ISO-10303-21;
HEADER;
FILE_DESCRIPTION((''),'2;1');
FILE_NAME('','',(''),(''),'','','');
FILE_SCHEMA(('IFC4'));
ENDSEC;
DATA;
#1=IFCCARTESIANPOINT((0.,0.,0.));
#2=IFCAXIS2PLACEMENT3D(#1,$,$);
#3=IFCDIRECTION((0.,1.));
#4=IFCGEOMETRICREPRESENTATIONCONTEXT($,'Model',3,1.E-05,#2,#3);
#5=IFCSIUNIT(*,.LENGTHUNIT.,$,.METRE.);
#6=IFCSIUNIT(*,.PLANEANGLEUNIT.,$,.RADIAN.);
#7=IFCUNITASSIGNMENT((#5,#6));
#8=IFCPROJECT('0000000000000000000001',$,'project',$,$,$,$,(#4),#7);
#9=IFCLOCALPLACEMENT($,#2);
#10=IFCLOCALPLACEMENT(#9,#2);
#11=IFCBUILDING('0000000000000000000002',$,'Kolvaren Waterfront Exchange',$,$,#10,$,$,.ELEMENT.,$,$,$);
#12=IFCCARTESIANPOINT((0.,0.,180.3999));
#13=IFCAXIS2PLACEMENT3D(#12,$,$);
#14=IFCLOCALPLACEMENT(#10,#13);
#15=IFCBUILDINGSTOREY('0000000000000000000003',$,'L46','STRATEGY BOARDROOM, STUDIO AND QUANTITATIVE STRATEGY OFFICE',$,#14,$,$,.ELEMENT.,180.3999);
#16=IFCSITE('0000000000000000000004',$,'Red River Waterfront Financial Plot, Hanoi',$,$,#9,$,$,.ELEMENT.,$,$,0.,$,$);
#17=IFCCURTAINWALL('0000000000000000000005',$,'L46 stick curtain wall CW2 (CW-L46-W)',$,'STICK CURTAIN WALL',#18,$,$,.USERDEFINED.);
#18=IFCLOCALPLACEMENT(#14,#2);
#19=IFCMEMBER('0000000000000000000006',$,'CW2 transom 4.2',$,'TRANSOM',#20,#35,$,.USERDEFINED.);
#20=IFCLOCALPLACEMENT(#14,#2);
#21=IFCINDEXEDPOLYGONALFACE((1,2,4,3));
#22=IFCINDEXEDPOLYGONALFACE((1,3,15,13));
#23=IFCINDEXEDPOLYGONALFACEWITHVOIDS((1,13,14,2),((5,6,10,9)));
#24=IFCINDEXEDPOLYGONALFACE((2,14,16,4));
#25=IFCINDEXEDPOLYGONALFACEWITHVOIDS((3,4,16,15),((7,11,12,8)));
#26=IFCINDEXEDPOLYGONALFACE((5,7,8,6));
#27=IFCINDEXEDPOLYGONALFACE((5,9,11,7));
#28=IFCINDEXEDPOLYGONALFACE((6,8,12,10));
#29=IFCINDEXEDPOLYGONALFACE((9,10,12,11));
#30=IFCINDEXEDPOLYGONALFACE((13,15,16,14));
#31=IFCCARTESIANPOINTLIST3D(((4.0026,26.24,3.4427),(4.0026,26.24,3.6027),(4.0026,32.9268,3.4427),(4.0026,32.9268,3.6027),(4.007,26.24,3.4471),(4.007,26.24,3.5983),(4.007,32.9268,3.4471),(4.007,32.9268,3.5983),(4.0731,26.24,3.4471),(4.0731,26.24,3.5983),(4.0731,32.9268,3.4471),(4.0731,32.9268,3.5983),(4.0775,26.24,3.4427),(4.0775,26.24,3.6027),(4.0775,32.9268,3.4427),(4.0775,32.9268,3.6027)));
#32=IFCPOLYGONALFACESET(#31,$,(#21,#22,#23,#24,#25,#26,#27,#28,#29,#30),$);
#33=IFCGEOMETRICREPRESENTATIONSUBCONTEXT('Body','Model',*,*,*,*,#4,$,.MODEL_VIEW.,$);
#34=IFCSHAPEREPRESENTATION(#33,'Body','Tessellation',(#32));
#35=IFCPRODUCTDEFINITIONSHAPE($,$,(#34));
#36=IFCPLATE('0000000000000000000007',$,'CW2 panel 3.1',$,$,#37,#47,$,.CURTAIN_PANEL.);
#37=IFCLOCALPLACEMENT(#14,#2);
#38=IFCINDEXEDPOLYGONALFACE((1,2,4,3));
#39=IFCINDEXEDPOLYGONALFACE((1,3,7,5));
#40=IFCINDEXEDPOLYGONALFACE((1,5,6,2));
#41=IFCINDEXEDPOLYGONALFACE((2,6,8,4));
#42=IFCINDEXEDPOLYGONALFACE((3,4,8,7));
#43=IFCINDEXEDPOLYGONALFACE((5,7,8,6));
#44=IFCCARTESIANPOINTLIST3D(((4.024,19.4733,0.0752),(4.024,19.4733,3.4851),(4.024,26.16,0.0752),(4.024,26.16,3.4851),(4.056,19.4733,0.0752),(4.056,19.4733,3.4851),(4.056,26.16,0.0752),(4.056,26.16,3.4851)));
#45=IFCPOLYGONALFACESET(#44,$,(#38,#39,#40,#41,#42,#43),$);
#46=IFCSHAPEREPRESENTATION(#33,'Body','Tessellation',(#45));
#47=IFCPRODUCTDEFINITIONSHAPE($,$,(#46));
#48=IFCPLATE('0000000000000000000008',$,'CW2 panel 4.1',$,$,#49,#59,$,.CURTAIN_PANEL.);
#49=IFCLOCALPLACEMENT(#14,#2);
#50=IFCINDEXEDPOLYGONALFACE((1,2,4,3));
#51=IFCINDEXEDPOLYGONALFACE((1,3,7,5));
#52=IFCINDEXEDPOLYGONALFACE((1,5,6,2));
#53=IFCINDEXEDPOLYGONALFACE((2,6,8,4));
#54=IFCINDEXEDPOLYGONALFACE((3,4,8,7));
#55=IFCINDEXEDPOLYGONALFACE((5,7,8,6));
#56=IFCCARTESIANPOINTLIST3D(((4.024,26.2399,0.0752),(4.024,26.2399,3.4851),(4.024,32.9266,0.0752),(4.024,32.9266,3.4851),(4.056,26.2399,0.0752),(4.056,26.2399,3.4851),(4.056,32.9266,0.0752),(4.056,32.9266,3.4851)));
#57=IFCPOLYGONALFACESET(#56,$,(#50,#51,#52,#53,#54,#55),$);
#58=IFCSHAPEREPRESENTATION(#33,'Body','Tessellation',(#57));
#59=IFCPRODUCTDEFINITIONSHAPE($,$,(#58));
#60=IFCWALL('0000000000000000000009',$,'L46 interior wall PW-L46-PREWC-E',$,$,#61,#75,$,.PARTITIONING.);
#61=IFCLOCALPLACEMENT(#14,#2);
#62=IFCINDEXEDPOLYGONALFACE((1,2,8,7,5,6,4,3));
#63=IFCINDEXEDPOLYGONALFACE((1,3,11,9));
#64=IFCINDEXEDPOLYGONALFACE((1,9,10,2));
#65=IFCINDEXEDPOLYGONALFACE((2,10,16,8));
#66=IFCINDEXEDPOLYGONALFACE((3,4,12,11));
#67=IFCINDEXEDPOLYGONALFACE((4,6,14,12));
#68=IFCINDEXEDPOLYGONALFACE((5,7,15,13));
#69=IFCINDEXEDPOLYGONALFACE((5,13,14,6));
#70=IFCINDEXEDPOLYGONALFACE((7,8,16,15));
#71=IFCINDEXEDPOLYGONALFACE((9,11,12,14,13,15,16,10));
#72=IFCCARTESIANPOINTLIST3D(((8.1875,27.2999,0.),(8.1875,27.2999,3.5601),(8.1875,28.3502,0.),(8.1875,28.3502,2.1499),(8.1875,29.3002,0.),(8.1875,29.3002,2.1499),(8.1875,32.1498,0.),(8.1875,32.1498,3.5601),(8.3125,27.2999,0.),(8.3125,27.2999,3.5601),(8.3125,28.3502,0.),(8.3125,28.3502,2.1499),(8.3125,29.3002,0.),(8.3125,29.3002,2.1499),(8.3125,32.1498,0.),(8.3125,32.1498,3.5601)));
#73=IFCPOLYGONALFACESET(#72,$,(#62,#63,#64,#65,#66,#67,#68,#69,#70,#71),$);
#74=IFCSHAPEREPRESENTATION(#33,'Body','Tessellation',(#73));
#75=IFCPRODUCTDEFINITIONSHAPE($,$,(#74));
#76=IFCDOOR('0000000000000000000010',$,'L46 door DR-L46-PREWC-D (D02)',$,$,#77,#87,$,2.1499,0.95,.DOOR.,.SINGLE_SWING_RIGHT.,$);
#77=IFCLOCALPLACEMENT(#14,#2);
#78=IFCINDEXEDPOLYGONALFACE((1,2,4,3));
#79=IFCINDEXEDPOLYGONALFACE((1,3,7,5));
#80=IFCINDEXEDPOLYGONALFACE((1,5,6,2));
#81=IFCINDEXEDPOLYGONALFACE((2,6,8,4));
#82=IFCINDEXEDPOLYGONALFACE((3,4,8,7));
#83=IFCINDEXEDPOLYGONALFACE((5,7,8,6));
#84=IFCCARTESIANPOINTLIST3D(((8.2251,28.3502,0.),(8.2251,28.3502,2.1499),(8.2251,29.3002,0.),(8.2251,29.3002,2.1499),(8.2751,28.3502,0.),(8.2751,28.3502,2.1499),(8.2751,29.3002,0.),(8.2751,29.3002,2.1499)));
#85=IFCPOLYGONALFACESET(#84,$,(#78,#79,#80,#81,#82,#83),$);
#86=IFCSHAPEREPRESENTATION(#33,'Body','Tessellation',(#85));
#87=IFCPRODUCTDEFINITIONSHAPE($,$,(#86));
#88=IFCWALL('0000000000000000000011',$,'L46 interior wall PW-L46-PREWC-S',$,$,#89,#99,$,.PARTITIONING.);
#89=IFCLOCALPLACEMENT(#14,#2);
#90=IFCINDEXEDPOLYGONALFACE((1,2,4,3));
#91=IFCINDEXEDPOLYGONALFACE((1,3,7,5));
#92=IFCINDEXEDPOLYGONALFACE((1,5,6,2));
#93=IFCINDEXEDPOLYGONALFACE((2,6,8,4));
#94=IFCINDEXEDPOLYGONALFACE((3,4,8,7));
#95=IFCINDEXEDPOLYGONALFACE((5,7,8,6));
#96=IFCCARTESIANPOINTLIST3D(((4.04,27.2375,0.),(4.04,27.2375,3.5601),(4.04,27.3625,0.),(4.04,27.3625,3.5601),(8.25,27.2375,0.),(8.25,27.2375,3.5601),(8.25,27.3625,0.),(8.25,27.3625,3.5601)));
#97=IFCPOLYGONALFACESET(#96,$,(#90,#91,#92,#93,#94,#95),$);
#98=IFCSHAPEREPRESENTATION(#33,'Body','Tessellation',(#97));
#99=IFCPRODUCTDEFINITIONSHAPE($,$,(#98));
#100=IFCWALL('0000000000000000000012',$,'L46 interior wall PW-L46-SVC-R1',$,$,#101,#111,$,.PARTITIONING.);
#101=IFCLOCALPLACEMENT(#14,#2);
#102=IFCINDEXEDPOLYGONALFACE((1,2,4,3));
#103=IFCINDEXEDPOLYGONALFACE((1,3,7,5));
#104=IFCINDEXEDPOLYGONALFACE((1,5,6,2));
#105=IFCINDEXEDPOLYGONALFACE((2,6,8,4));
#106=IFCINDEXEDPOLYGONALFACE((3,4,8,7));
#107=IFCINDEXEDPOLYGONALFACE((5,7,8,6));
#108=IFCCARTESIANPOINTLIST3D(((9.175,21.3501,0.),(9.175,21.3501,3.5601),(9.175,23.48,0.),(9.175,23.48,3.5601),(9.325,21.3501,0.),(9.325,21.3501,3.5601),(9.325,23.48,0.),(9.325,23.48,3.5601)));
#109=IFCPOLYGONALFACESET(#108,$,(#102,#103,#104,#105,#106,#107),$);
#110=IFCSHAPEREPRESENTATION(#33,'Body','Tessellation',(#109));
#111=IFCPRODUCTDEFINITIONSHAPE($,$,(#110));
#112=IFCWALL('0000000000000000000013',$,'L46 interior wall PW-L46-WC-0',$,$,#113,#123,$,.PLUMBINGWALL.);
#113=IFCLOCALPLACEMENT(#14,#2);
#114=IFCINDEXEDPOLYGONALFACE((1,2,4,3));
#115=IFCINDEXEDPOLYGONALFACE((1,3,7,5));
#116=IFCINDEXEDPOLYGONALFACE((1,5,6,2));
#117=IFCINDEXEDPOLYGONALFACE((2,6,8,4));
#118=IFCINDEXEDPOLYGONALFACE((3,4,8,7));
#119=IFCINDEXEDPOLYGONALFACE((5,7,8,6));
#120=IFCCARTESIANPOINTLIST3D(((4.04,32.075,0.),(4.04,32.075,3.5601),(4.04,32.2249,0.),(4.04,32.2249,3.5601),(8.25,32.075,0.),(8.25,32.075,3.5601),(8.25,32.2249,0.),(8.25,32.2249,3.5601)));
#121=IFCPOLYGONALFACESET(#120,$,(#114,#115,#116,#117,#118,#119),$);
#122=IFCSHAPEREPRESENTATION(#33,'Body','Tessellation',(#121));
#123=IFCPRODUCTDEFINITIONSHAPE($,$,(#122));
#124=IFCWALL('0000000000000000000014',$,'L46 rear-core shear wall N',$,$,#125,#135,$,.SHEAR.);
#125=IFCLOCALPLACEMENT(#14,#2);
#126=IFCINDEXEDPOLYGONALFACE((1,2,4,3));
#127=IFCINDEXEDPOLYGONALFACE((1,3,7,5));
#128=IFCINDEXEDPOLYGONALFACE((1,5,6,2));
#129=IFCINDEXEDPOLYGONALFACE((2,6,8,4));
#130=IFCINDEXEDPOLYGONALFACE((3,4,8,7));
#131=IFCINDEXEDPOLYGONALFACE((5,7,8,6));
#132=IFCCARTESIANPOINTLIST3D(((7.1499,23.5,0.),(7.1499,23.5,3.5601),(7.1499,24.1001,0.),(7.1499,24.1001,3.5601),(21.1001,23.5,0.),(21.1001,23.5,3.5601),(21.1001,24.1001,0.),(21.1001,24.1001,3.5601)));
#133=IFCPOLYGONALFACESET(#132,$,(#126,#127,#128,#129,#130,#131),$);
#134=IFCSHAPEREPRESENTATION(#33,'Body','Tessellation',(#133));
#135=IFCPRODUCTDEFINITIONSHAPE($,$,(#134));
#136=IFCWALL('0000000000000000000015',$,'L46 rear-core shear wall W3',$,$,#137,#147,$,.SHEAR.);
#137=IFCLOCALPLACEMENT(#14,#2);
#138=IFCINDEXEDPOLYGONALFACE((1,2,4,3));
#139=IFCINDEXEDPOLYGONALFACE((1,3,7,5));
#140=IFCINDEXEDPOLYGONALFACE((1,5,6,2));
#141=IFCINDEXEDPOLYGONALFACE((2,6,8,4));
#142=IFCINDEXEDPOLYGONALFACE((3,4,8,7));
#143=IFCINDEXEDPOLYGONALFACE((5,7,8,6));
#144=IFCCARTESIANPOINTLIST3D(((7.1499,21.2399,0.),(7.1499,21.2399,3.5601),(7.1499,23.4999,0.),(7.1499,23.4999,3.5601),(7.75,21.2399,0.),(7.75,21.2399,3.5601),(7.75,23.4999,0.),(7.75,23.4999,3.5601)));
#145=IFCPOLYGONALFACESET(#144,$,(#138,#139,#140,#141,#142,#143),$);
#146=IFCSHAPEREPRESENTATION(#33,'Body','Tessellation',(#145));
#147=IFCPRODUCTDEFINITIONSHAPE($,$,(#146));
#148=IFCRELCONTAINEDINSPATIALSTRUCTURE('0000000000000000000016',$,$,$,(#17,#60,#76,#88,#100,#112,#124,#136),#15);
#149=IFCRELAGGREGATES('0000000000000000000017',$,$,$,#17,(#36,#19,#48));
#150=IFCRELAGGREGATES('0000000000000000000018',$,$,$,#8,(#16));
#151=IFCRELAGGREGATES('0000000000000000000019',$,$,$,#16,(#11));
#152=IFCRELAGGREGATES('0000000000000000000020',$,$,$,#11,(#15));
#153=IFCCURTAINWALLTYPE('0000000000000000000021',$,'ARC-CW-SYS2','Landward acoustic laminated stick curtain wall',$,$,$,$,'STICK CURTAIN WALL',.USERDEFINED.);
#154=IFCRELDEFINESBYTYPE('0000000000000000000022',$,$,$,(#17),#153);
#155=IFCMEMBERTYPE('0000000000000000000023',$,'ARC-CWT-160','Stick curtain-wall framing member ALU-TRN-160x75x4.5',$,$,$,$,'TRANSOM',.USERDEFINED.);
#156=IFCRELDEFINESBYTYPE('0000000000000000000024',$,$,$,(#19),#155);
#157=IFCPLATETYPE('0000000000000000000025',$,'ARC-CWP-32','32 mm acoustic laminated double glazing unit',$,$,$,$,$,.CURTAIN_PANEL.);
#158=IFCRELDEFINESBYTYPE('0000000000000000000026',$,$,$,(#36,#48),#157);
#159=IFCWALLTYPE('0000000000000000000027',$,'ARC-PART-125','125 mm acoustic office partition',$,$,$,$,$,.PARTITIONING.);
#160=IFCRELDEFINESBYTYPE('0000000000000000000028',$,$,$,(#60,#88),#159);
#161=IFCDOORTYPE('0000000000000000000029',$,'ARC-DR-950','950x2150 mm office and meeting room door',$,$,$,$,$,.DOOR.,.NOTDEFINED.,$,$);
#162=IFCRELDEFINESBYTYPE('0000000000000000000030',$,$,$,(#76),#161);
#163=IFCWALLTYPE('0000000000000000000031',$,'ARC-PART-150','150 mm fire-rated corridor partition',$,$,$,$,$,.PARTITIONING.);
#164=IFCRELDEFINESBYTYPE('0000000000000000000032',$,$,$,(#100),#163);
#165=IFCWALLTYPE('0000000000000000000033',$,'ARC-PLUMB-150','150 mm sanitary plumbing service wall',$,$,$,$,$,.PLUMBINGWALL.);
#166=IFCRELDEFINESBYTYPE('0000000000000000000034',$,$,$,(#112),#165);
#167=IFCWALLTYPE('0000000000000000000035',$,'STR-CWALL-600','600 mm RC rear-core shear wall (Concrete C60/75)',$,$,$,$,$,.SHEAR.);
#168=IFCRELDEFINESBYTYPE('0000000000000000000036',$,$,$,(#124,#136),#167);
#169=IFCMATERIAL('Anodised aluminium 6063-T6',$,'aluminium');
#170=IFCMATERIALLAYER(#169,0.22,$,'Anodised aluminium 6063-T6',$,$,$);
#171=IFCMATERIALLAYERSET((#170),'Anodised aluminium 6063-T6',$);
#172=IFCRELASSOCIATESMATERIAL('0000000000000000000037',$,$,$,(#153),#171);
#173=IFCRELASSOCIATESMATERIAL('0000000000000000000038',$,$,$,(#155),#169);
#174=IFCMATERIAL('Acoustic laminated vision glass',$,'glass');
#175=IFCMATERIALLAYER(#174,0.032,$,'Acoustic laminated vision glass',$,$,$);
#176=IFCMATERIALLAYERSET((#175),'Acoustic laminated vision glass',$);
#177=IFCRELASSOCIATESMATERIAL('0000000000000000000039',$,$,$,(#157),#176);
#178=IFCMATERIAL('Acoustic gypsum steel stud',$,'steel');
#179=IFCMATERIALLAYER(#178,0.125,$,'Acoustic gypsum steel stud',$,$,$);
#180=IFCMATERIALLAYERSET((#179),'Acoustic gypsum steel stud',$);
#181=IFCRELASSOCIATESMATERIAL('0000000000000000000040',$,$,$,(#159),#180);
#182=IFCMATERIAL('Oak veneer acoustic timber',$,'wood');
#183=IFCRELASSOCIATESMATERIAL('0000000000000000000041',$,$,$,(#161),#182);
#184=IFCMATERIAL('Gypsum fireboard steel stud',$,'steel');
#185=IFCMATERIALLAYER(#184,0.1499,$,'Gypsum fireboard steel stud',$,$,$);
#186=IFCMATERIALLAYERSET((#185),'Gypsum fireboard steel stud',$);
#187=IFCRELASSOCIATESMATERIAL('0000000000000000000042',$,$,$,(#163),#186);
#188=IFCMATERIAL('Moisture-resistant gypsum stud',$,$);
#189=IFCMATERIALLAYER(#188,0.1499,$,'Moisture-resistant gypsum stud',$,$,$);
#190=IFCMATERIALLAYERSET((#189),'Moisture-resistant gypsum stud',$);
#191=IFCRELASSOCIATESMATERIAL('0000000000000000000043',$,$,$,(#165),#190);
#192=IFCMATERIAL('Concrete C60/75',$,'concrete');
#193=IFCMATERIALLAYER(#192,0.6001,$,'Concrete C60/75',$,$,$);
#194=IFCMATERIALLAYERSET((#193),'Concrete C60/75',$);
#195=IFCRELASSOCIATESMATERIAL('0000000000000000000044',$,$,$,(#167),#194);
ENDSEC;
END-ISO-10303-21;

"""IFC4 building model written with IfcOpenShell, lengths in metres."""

from ifc_helpers import new_model, si_unit, direction, frame, frame_2d, origin, origin_with_axes, origin_2d, place, context, subcontext, project, spatial, rectangle, hollow_rectangle, extrude, source, transform, mapped, material, layer, layer_set, material_profile, profile_set, type_object, element, fill, aggregate, save


model = new_model("IFC4")

# Units and contexts
model_context = context("Model", 3, precision=1e-05, world=origin(), true_north=direction((0.0, 1.0)))
body_context = subcontext(model_context, "Body", "Model", "MODEL_VIEW")
ifc_project = project(units=[si_unit("LENGTHUNIT", "METRE"), si_unit("PLANEANGLEUNIT", "RADIAN")], contexts=[model_context])

# Site, building, storey
site_placement = place(None, origin())
site = spatial("IfcSite", under=ifc_project, at=site_placement, Name="Red River Waterfront Financial Plot, Hanoi", CompositionType="ELEMENT", RefElevation=0.0)
building_placement = place(site_placement, origin())
building = spatial("IfcBuilding", under=site, at=building_placement, Name="Kolvaren Waterfront Exchange", CompositionType="ELEMENT")
storey_placement = place(building_placement, frame((0.0, 0.0, 180.3999)))
storey = spatial("IfcBuildingStorey", under=building, at=storey_placement, Name="L46", Description="STRATEGY BOARDROOM, STUDIO AND QUANTITATIVE STRATEGY OFFICE", CompositionType="ELEMENT", Elevation=180.3999)

# Shared definitions
ifc_material_1 = material(Name="Concrete C60/75", Category="concrete")

# Curtain wall, member, plates
ifc_material_2 = material(Name="Anodised aluminium 6063-T6", Category="aluminium")
ifc_layer_1 = layer(ifc_material_2, 0.22, Name="Anodised aluminium 6063-T6")
ifc_layer_set_1 = layer_set([ifc_layer_1], Name="Anodised aluminium 6063-T6")
curtain_wall_type = type_object("IfcCurtainWallType", Name="ARC-CW-SYS2", Description="Landward acoustic laminated stick curtain wall", ElementType="STICK CURTAIN WALL", PredefinedType="USERDEFINED", material=ifc_layer_set_1)
curtain_wall_placement = place(storey_placement, origin())
curtain_wall = element("IfcCurtainWall", 1, at=curtain_wall_placement, inside=storey, type_object=curtain_wall_type, Name="L46 stick curtain wall CW2 (CW-L46-W)", ObjectType="STICK CURTAIN WALL", PredefinedType="USERDEFINED")
ifc_material_profile_1 = material_profile(ifc_material_2, hollow_rectangle(XDim=0.075, YDim=0.1599, WallThickness=0.0044, at=origin_2d()), Name="ALU-TRN-160x75x4.5")
ifc_profile_set_1 = profile_set([ifc_material_profile_1], Name="Anodised aluminium 6063-T6")
member_type_1 = type_object("IfcMemberType", Name="ARC-CWT-160", Description="Stick curtain-wall framing member ALU-TRN-160x75x4.5", ElementType="TRANSOM", PredefinedType="USERDEFINED", material=ifc_profile_set_1)
shared_shape_1 = source(origin_with_axes(), body_context, "Body", "SweptSolid", [
    extrude(hollow_rectangle(XDim=0.075, YDim=0.1599, WallThickness=0.0044, at=origin_2d()), origin(), (0.0, 0.0, 1.0), 6.6868),
])
member_1_placement = place(storey_placement, frame((4.04, 26.24, 3.5227), z_axis=(0.0, 1.0, 0.0), x_axis=(-1.0, 0.0, 0.0)))
member_1 = element("IfcMember", 2, at=member_1_placement, type_object=member_type_1, Name="CW2 transom 4.2", ObjectType="TRANSOM", PredefinedType="USERDEFINED", context=body_context, shape_type="MappedRepresentation", body=[
    mapped(shared_shape_1, transform((0.0, 0.0, 0.0), x_axis=(1.0, 0.0, 0.0), y_axis=(0.0, 1.0, 0.0), z_axis=(0.0, 0.0, 1.0), scale=1.0)),
])
ifc_material_3 = material(Name="Acoustic laminated vision glass", Category="glass")
ifc_layer_2 = layer(ifc_material_3, 0.032, Name="Acoustic laminated vision glass")
ifc_layer_set_2 = layer_set([ifc_layer_2], Name="Acoustic laminated vision glass")
plate_type = type_object("IfcPlateType", Name="ARC-CWP-32", Description="32 mm acoustic laminated double glazing unit", PredefinedType="CURTAIN_PANEL", material=ifc_layer_set_2)
shared_shape_2 = source(origin_with_axes(), body_context, "Body", "SweptSolid", [
    extrude(rectangle(XDim=6.6868, YDim=0.032, at=origin_2d()), origin(), (0.0, 0.0, 1.0), 3.4099),
])
plate_1_placement = place(storey_placement, frame((4.04, 22.8167, 0.0752), z_axis=(0.0, 0.0, 1.0), x_axis=(0.0, 1.0, 0.0)))
plate_1 = element("IfcPlate", 3, at=plate_1_placement, type_object=plate_type, Name="CW2 panel 3.1", PredefinedType="CURTAIN_PANEL", context=body_context, shape_type="MappedRepresentation", body=[
    mapped(shared_shape_2, transform((0.0, 0.0, 0.0), x_axis=(1.0, 0.0, 0.0), y_axis=(0.0, 1.0, 0.0), z_axis=(0.0, 0.0, 1.0), scale=1.0)),
])
plate_2_placement = place(storey_placement, frame((4.04, 29.5833, 0.0752), z_axis=(0.0, 0.0, 1.0), x_axis=(0.0, 1.0, 0.0)))
plate_2 = element("IfcPlate", 4, at=plate_2_placement, type_object=plate_type, Name="CW2 panel 4.1", PredefinedType="CURTAIN_PANEL", context=body_context, shape_type="MappedRepresentation", body=[
    mapped(shared_shape_2, transform((0.0, 0.0, 0.0), x_axis=(1.0, 0.0, 0.0), y_axis=(0.0, 1.0, 0.0), z_axis=(0.0, 0.0, 1.0), scale=1.0)),
])
aggregate(curtain_wall, [plate_1, member_1, plate_2])

# Wall, opening, door
ifc_material_4 = material(Name="Acoustic gypsum steel stud", Category="steel")
ifc_layer_3 = layer(ifc_material_4, 0.125, Name="Acoustic gypsum steel stud")
ifc_layer_set_3 = layer_set([ifc_layer_3], Name="Acoustic gypsum steel stud")
wall_type_1 = type_object("IfcWallType", Name="ARC-PART-125", Description="125 mm acoustic office partition", PredefinedType="PARTITIONING", material=ifc_layer_set_3)
wall_1_placement = place(storey_placement, frame((8.25, 27.3, 0.0), z_axis=(0.0, 0.0, 1.0), x_axis=(0.0, 1.0, 0.0)))
wall_1 = element("IfcWall", 5, at=wall_1_placement, inside=storey, type_object=wall_type_1, Name="L46 interior wall PW-L46-PREWC-E", PredefinedType="PARTITIONING", context=body_context, shape_type="SweptSolid", body=[
    extrude(rectangle(XDim=4.8499, YDim=0.125, at=frame_2d((2.4248, 0.0))), origin(), (0.0, 0.0, 1.0), 3.5601),
])
opening_1_placement = place(wall_1_placement, frame((1.05, 0.0, 0.0)))
opening_1 = element("IfcOpeningElement", 6, at=opening_1_placement, cuts=wall_1, PredefinedType="OPENING", context=body_context, shape_type="SweptSolid", body=[
    extrude(rectangle(XDim=0.95, YDim=2.1499, at=frame_2d((0.4751, 1.075))), frame((0.0, 0.0725, 0.0), z_axis=(0.0, -1.0, 0.0), x_axis=(1.0, 0.0, 0.0)), (0.0, 0.0, 1.0), 0.145),
])
ifc_material_5 = material(Name="Oak veneer acoustic timber", Category="wood")
door_type_1 = type_object("IfcDoorType", Name="ARC-DR-950", Description="950x2150 mm office and meeting room door", OperationType="NOTDEFINED", PredefinedType="DOOR", material=ifc_material_5)
door_1_placement = place(opening_1_placement, origin())
door_1 = element("IfcDoor", 7, at=door_1_placement, inside=storey, type_object=door_type_1, Name="L46 door DR-L46-PREWC-D (D02)", OperationType="SINGLE_SWING_RIGHT", OverallHeight=2.1499, OverallWidth=0.95, PredefinedType="DOOR", context=body_context, shape_type="SweptSolid", body=[
    extrude(rectangle(XDim=0.95, YDim=2.1499, at=frame_2d((0.4751, 1.075))), frame((0.0, 0.0249, 0.0), z_axis=(0.0, -1.0, 0.0), x_axis=(1.0, 0.0, 0.0)), (0.0, 0.0, 1.0), 0.05),
])
fill(opening_1, door_1)

# Walls
wall_2_placement = place(storey_placement, frame((4.04, 27.3, 0.0), z_axis=(0.0, 0.0, 1.0), x_axis=(1.0, 0.0, 0.0)))
element("IfcWall", 8, at=wall_2_placement, inside=storey, type_object=wall_type_1, Name="L46 interior wall PW-L46-PREWC-S", PredefinedType="PARTITIONING", context=body_context, shape_type="SweptSolid", body=[
    extrude(rectangle(XDim=4.21, YDim=0.125, at=frame_2d((2.105, 0.0))), origin(), (0.0, 0.0, 1.0), 3.5601),
])
ifc_material_6 = material(Name="Gypsum fireboard steel stud", Category="steel")
ifc_layer_4 = layer(ifc_material_6, 0.1499, Name="Gypsum fireboard steel stud")
ifc_layer_set_4 = layer_set([ifc_layer_4], Name="Gypsum fireboard steel stud")
wall_type_2 = type_object("IfcWallType", Name="ARC-PART-150", Description="150 mm fire-rated corridor partition", PredefinedType="PARTITIONING", material=ifc_layer_set_4)
wall_3_placement = place(storey_placement, frame((9.25, 21.3501, 0.0), z_axis=(0.0, 0.0, 1.0), x_axis=(0.0, 1.0, 0.0)))
element("IfcWall", 9, at=wall_3_placement, inside=storey, type_object=wall_type_2, Name="L46 interior wall PW-L46-SVC-R1", PredefinedType="PARTITIONING", context=body_context, shape_type="SweptSolid", body=[
    extrude(rectangle(XDim=2.1299, YDim=0.1499, at=frame_2d((1.0649, 0.0))), origin(), (0.0, 0.0, 1.0), 3.5601),
])

# Walls
ifc_material_7 = material(Name="Moisture-resistant gypsum stud")
ifc_layer_5 = layer(ifc_material_7, 0.1499, Name="Moisture-resistant gypsum stud")
ifc_layer_set_5 = layer_set([ifc_layer_5], Name="Moisture-resistant gypsum stud")
wall_type_3 = type_object("IfcWallType", Name="ARC-PLUMB-150", Description="150 mm sanitary plumbing service wall", PredefinedType="PLUMBINGWALL", material=ifc_layer_set_5)
wall_4_placement = place(storey_placement, frame((4.04, 32.1499, 0.0), z_axis=(0.0, 0.0, 1.0), x_axis=(1.0, 0.0, 0.0)))
element("IfcWall", 10, at=wall_4_placement, inside=storey, type_object=wall_type_3, Name="L46 interior wall PW-L46-WC-0", PredefinedType="PLUMBINGWALL", context=body_context, shape_type="SweptSolid", body=[
    extrude(rectangle(XDim=4.21, YDim=0.1499, at=frame_2d((2.105, 0.0))), origin(), (0.0, 0.0, 1.0), 3.5601),
])
ifc_layer_6 = layer(ifc_material_1, 0.6001, Name="Concrete C60/75")
ifc_layer_set_6 = layer_set([ifc_layer_6], Name="Concrete C60/75")
wall_type_4 = type_object("IfcWallType", Name="STR-CWALL-600", Description="600 mm RC rear-core shear wall (Concrete C60/75)", PredefinedType="SHEAR", material=ifc_layer_set_6)
wall_5_placement = place(storey_placement, frame((7.1499, 23.8, 0.0), z_axis=(0.0, 0.0, 1.0), x_axis=(1.0, 0.0, 0.0)))
element("IfcWall", 11, at=wall_5_placement, inside=storey, type_object=wall_type_4, Name="L46 rear-core shear wall N", PredefinedType="SHEAR", context=body_context, shape_type="SweptSolid", body=[
    extrude(rectangle(XDim=13.9502, YDim=0.6001, at=frame_2d((6.9751, 0.0))), origin(), (0.0, 0.0, 1.0), 3.5601),
])
wall_6_placement = place(storey_placement, frame((7.45, 21.24, 0.0), z_axis=(0.0, 0.0, 1.0), x_axis=(0.0, 1.0, 0.0)))
element("IfcWall", 12, at=wall_6_placement, inside=storey, type_object=wall_type_4, Name="L46 rear-core shear wall W3", PredefinedType="SHEAR", context=body_context, shape_type="SweptSolid", body=[
    extrude(rectangle(XDim=2.26, YDim=0.6001, at=frame_2d((1.1299, 0.0))), origin(), (0.0, 0.0, 1.0), 3.5601),
])

save(model, "model.ifc")
